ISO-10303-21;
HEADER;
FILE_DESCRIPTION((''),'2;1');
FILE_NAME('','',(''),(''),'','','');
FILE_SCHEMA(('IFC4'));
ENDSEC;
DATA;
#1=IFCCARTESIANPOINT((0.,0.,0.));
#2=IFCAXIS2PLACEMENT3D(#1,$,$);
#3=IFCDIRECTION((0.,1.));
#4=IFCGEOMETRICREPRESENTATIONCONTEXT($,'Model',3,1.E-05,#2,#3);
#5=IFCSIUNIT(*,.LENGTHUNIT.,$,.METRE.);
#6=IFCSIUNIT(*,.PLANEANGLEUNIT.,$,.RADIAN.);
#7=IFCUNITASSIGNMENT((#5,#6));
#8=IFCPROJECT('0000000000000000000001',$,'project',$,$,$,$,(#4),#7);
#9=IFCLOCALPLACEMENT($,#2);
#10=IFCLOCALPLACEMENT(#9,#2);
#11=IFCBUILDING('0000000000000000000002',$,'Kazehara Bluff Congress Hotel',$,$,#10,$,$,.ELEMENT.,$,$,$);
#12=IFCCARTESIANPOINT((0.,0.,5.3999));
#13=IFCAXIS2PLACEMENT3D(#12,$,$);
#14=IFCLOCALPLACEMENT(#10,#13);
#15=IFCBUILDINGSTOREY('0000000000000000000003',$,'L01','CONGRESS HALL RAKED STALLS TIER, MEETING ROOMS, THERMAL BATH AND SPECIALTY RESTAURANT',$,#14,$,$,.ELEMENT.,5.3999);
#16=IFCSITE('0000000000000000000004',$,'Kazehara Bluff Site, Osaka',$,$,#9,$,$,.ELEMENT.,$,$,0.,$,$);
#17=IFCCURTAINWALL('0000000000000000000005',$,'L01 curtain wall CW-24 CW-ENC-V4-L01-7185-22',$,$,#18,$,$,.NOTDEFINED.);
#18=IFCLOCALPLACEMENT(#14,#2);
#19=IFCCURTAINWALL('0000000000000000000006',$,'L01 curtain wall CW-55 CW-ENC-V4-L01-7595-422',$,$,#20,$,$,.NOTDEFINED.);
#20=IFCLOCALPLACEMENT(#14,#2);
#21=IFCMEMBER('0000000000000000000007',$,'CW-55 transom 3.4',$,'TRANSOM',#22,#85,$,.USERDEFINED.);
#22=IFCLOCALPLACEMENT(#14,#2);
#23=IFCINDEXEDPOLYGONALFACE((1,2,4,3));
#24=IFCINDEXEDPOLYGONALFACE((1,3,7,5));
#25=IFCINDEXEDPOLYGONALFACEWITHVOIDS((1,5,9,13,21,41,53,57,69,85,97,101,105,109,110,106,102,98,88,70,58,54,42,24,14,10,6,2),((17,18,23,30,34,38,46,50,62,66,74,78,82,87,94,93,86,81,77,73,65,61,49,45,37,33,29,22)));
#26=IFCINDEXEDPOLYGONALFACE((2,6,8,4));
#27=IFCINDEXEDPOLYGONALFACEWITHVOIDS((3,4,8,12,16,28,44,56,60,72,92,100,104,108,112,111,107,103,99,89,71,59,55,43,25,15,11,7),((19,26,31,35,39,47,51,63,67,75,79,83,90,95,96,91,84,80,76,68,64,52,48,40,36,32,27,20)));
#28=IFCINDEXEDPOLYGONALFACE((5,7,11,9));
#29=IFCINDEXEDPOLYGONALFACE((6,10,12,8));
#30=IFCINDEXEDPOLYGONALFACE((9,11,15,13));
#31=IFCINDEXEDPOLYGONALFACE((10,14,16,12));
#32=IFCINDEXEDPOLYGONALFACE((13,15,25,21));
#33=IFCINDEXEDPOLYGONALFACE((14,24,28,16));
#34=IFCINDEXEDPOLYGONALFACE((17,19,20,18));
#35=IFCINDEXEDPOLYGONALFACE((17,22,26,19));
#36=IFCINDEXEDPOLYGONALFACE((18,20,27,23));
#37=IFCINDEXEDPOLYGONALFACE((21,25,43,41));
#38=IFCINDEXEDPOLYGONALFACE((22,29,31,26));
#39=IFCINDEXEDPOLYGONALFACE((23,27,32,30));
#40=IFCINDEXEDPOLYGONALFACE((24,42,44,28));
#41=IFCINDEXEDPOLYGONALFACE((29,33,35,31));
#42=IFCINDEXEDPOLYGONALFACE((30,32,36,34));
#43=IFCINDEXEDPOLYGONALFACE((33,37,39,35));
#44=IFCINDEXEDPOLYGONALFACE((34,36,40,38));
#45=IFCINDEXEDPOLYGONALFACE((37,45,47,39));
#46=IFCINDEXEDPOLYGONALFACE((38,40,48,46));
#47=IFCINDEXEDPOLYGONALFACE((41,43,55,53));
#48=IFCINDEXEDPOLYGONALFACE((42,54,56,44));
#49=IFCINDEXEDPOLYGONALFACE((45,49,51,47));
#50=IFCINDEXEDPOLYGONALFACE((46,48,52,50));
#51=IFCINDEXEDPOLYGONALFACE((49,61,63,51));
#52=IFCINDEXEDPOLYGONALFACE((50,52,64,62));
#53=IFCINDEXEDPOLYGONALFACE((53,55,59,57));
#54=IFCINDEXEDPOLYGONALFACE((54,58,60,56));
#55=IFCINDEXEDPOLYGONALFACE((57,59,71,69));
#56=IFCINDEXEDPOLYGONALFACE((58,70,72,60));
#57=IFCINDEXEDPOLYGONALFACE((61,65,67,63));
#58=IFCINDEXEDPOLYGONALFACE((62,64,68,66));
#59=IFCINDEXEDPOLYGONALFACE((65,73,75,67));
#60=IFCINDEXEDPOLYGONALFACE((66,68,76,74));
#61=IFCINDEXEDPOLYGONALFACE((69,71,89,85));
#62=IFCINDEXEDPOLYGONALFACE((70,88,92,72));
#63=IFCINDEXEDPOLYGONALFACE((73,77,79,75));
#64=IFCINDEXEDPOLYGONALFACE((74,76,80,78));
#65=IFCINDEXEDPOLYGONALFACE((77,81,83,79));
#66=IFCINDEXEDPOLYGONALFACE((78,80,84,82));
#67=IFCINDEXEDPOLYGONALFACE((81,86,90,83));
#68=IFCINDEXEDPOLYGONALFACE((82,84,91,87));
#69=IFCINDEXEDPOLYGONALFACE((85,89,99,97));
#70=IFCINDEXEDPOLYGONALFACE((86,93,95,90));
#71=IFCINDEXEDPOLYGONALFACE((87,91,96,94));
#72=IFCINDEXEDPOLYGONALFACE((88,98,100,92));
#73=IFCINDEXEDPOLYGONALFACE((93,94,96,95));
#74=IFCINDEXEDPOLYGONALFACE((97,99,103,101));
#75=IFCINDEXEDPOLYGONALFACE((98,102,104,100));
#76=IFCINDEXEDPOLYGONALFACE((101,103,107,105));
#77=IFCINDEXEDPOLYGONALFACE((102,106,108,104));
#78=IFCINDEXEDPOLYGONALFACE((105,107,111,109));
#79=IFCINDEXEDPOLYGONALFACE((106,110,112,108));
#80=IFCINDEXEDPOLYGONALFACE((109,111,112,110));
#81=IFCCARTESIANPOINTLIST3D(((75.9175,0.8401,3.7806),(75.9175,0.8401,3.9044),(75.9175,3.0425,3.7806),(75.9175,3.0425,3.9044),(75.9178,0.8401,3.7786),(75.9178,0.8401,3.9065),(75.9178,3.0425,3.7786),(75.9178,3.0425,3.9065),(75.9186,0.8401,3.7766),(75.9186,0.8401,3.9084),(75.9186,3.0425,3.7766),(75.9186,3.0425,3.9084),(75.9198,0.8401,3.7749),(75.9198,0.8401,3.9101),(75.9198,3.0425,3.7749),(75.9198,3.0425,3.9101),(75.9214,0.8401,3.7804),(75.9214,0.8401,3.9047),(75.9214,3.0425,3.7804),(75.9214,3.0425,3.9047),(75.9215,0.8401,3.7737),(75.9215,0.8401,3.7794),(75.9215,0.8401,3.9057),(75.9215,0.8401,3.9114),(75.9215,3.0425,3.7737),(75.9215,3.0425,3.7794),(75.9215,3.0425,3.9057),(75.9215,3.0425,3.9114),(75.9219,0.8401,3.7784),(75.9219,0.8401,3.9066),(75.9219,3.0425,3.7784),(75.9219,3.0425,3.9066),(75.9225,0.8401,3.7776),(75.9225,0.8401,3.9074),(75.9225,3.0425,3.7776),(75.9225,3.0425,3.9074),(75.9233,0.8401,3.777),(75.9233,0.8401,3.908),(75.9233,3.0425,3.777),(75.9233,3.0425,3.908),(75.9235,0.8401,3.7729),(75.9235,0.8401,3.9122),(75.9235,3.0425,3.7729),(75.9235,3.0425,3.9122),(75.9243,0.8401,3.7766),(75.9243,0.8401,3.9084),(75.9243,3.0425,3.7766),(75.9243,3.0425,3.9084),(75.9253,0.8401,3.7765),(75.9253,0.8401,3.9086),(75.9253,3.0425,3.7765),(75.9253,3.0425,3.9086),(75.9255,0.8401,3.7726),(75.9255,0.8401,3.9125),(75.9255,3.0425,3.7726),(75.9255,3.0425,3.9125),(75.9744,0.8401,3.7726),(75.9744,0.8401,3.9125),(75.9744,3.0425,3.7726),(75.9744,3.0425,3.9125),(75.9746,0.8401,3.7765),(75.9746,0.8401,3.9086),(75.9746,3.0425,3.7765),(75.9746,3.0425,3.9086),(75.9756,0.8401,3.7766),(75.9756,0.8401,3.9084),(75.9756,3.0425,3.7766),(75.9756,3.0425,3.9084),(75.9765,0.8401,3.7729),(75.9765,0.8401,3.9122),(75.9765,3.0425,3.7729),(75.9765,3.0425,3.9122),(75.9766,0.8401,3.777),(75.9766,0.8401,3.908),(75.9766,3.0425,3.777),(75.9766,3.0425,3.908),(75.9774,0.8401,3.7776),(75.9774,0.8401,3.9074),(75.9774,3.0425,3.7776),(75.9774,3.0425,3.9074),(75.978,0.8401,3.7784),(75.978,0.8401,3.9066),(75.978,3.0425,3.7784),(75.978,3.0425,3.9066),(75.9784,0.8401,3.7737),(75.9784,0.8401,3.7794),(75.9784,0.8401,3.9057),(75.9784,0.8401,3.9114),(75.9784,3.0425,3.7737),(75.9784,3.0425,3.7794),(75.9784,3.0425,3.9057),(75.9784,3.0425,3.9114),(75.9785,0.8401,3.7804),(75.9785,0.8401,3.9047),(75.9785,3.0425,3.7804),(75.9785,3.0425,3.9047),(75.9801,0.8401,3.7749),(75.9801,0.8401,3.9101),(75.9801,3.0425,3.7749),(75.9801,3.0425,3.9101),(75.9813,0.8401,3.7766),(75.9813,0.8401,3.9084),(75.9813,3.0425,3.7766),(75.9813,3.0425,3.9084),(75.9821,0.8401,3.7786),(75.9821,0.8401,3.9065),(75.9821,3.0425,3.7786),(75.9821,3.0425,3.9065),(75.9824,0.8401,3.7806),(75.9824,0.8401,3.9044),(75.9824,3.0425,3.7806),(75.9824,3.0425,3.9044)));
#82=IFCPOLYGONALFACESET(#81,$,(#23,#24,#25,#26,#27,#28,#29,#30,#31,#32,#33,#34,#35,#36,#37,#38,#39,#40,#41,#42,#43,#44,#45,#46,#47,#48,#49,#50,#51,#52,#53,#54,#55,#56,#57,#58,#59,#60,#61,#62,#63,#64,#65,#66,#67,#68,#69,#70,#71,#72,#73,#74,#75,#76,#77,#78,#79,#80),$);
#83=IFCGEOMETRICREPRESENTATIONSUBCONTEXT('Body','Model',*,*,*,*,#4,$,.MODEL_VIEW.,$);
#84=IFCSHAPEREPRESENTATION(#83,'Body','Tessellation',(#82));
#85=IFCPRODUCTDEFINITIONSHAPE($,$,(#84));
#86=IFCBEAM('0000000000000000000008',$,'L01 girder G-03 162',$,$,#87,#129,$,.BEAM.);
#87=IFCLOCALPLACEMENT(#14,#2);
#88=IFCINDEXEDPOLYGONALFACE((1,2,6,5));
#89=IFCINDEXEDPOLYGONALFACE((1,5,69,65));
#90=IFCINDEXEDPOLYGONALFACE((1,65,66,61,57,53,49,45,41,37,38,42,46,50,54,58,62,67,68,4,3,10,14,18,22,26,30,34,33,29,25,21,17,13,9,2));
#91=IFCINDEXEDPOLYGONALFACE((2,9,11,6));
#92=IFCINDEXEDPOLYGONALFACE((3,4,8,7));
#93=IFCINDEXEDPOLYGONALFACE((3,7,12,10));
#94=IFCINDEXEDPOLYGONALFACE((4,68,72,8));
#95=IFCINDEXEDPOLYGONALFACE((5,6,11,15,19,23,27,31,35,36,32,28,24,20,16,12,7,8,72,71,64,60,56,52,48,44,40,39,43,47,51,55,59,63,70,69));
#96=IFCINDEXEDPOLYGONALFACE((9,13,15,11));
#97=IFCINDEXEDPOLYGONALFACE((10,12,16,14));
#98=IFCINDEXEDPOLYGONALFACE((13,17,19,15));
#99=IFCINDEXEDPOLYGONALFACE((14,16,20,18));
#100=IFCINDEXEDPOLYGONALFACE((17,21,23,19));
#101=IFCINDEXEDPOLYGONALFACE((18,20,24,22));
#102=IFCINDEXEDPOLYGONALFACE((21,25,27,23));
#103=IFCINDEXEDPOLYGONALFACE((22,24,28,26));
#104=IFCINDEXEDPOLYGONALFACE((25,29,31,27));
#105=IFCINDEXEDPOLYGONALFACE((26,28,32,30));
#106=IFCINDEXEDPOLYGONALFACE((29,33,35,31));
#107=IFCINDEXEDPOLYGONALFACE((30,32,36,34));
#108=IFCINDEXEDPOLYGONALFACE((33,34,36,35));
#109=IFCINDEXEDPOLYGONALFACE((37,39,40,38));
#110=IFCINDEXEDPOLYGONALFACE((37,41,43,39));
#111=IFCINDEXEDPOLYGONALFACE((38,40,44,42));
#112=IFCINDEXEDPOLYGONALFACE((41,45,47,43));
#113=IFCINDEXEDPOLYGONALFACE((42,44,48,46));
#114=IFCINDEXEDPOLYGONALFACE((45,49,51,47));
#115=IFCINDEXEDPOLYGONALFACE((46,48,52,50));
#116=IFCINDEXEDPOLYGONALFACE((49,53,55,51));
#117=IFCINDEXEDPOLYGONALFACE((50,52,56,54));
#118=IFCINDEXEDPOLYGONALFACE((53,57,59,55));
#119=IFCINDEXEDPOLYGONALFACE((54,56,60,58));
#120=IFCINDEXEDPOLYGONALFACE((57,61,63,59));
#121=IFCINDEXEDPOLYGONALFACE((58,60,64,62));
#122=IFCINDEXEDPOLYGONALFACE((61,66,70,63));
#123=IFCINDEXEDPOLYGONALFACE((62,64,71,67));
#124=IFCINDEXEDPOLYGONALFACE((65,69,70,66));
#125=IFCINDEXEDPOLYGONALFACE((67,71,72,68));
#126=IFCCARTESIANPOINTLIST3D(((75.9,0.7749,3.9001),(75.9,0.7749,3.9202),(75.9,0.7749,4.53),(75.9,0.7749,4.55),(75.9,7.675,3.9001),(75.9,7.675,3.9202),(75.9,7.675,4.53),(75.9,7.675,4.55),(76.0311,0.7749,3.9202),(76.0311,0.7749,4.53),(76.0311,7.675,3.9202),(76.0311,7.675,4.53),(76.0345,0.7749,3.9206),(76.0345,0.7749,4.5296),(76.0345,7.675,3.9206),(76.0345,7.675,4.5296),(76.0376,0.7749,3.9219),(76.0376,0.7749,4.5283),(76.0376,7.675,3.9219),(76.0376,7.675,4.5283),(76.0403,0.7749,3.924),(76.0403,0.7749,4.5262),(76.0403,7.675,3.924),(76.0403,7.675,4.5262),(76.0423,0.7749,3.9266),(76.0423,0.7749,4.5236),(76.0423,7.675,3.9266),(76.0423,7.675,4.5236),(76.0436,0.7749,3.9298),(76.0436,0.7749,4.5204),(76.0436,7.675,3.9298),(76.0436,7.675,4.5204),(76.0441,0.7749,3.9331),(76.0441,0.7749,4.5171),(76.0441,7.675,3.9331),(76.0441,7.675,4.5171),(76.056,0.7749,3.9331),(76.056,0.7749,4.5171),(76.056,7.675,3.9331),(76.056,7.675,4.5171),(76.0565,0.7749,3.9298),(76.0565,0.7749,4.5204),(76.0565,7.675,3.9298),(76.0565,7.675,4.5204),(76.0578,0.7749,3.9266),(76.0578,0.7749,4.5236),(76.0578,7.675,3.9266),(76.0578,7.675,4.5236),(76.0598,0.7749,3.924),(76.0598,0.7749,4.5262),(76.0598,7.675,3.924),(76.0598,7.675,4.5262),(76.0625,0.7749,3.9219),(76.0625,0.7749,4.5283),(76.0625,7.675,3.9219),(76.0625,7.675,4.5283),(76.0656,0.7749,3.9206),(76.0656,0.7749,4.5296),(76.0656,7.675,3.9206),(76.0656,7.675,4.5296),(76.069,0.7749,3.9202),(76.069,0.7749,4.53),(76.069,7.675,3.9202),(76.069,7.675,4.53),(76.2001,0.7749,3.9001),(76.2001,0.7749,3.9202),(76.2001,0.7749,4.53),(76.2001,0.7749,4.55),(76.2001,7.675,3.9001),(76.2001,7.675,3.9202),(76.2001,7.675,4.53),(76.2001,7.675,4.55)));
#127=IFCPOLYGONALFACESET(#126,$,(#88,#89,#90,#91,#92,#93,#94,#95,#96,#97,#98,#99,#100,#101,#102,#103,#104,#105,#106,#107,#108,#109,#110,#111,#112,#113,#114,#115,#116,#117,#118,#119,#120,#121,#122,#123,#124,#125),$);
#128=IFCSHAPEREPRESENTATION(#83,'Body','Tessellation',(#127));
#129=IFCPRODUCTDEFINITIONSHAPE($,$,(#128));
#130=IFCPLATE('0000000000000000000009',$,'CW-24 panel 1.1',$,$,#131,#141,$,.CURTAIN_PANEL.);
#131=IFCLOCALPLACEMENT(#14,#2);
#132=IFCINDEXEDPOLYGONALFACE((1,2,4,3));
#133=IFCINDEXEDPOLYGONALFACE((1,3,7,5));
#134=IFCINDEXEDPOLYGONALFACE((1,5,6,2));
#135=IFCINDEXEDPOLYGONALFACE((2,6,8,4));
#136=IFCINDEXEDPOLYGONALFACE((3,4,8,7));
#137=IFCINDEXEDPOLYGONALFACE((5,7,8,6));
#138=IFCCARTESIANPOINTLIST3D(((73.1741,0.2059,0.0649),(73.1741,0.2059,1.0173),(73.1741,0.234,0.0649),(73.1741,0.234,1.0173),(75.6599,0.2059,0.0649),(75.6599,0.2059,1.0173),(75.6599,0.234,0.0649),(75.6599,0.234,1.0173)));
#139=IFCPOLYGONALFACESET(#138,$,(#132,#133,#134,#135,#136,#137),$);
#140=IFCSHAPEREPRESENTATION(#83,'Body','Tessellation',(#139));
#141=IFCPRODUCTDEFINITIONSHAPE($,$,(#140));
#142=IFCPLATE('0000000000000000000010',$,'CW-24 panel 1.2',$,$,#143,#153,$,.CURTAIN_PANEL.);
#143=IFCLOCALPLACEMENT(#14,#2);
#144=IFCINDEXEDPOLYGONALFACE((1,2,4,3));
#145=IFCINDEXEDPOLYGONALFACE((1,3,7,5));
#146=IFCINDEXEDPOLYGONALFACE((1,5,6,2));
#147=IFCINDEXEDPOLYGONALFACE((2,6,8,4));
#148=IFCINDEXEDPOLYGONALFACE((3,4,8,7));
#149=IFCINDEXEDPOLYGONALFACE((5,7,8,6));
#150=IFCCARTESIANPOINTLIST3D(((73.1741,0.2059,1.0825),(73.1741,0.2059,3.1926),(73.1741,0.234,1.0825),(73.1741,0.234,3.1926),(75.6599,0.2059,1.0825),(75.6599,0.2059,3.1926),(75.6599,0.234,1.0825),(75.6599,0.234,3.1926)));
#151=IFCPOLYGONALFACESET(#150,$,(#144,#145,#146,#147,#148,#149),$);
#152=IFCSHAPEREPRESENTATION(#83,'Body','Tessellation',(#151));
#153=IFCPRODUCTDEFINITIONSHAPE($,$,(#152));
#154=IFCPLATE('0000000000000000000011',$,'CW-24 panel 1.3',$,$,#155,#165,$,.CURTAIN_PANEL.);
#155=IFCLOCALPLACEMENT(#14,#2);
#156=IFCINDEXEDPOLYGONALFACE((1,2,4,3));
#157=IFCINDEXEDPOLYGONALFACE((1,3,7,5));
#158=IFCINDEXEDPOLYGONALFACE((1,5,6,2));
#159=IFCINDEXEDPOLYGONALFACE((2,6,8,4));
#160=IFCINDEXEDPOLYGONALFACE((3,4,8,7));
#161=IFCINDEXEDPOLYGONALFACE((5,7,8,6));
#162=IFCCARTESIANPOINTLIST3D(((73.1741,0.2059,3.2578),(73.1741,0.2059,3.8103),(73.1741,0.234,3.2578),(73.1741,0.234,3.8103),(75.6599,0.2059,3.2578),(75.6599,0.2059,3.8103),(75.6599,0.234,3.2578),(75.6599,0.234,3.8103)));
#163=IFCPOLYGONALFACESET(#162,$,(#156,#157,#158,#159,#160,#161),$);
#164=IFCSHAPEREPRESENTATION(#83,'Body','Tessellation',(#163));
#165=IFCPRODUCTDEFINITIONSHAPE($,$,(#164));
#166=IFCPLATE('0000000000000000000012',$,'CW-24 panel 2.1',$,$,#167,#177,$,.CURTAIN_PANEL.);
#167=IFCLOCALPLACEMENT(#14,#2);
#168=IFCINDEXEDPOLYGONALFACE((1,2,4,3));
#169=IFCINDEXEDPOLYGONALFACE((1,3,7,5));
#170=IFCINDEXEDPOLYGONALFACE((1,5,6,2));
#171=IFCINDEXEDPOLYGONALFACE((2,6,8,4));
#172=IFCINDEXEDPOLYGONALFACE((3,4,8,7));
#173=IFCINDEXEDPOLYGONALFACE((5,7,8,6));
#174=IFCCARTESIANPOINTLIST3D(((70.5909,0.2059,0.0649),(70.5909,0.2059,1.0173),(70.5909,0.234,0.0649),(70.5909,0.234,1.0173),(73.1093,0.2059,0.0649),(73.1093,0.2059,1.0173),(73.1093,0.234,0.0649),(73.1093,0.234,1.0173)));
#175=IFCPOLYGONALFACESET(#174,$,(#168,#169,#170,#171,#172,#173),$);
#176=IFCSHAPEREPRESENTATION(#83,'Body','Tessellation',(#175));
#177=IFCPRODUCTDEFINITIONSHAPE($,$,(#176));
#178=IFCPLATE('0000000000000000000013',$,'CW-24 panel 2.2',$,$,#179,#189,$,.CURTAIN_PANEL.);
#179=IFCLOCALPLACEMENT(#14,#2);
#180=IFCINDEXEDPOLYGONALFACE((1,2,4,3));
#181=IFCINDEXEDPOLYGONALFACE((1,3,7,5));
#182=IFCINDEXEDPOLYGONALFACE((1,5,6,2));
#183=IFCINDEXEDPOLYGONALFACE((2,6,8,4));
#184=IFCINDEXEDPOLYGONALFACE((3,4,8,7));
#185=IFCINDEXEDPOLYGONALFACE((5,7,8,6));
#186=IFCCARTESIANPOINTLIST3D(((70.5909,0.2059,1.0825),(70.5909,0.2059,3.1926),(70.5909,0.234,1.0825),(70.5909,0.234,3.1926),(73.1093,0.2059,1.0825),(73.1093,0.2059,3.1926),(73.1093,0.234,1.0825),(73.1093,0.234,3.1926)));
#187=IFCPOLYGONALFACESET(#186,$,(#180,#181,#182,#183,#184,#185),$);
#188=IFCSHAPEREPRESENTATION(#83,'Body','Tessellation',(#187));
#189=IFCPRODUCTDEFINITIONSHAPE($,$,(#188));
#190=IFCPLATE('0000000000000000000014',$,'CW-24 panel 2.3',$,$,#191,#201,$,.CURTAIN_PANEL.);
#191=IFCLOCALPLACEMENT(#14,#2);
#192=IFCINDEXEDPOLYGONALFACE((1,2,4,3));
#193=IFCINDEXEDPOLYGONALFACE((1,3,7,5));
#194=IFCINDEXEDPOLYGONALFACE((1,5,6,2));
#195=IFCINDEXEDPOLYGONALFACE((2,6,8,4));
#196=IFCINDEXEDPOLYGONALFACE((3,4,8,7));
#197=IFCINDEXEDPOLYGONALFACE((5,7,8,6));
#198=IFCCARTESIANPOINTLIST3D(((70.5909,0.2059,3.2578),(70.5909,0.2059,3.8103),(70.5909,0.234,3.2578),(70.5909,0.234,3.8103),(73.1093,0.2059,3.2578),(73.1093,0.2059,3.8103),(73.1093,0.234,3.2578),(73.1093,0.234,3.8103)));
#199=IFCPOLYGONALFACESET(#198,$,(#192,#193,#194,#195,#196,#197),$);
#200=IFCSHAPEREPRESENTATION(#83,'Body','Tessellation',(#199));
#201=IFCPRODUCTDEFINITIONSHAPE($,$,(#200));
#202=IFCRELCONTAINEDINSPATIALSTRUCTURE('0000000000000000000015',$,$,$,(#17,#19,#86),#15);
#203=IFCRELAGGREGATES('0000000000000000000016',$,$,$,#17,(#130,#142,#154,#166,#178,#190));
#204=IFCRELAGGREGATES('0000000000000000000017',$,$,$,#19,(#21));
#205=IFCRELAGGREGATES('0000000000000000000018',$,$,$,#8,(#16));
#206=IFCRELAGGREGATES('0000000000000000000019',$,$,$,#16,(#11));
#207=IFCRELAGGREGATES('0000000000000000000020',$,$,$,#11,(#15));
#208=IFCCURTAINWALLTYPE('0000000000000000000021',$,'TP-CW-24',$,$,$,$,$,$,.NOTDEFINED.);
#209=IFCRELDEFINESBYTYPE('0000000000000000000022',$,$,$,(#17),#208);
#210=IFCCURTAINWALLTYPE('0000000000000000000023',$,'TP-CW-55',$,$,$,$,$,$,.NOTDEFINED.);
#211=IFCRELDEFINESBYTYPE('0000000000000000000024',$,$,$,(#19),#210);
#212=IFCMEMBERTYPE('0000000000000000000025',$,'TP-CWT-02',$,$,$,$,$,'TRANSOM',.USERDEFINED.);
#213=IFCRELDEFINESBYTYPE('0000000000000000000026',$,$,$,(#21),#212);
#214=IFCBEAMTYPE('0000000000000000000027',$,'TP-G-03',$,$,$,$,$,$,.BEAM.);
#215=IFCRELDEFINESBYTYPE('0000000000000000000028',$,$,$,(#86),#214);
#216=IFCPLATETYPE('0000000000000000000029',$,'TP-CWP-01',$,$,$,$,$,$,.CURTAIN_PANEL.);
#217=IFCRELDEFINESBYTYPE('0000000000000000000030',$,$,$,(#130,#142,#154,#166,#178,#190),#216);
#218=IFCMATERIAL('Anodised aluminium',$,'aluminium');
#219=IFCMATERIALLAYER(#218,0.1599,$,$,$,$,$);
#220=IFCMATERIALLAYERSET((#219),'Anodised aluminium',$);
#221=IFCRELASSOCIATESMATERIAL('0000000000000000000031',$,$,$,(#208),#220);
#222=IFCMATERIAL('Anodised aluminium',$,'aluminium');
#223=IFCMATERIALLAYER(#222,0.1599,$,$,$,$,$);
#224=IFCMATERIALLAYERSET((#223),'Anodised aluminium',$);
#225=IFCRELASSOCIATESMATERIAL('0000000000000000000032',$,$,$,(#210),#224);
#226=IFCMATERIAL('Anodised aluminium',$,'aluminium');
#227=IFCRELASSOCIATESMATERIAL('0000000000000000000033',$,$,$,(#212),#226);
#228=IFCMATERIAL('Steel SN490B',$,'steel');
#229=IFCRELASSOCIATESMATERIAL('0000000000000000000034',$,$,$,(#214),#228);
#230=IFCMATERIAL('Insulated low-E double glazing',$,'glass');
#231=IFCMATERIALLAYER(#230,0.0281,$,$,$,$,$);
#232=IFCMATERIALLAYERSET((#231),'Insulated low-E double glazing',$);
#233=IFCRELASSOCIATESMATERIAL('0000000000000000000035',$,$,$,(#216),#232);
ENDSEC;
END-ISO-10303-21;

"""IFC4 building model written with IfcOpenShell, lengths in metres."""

from ifc_helpers import new_model, si_unit, direction, frame, origin, origin_2d, place, context, subcontext, project, spatial, rectangle, hollow_rectangle, i_section, extrude, material, layer, layer_set, material_profile, profile_set, type_object, element, aggregate, save


model = new_model("IFC4")

# Units and contexts
model_context = context("Model", 3, precision=1e-05, world=origin(), true_north=direction((0.0, 1.0)))
body_context = subcontext(model_context, "Body", "Model", "MODEL_VIEW")
ifc_project = project(units=[si_unit("LENGTHUNIT", "METRE"), si_unit("PLANEANGLEUNIT", "RADIAN")], contexts=[model_context])

# Site, building, storey
site_placement = place(None, origin())
site = spatial("IfcSite", under=ifc_project, at=site_placement, Name="Kazehara Bluff Site, Osaka", CompositionType="ELEMENT", RefElevation=0.0)
building_placement = place(site_placement, origin())
building = spatial("IfcBuilding", under=site, at=building_placement, Name="Kazehara Bluff Congress Hotel", CompositionType="ELEMENT")
storey_placement = place(building_placement, frame((0.0, 0.0, 5.3999)))
storey = spatial("IfcBuildingStorey", under=building, at=storey_placement, Name="L01", Description="CONGRESS HALL RAKED STALLS TIER, MEETING ROOMS, THERMAL BATH AND SPECIALTY RESTAURANT", CompositionType="ELEMENT", Elevation=5.3999)

# Curtain walls
ifc_material_1 = material(Name="Anodised aluminium", Category="aluminium")
ifc_layer_1 = layer(ifc_material_1, 0.1599)
ifc_layer_set_1 = layer_set([ifc_layer_1], Name="Anodised aluminium")
curtain_wall_type_1 = type_object("IfcCurtainWallType", Name="TP-CW-24", PredefinedType="NOTDEFINED", material=ifc_layer_set_1)
curtain_wall_1_placement = place(storey_placement, origin())
curtain_wall_1 = element("IfcCurtainWall", 1, at=curtain_wall_1_placement, inside=storey, type_object=curtain_wall_type_1, Name="L01 curtain wall CW-24 CW-ENC-V4-L01-7185-22", PredefinedType="NOTDEFINED")
ifc_material_2 = material(Name="Anodised aluminium", Category="aluminium")
ifc_layer_2 = layer(ifc_material_2, 0.1599)
ifc_layer_set_2 = layer_set([ifc_layer_2], Name="Anodised aluminium")
curtain_wall_type_2 = type_object("IfcCurtainWallType", Name="TP-CW-55", PredefinedType="NOTDEFINED", material=ifc_layer_set_2)
curtain_wall_2_placement = place(storey_placement, origin())
curtain_wall_2 = element("IfcCurtainWall", 2, at=curtain_wall_2_placement, inside=storey, type_object=curtain_wall_type_2, Name="L01 curtain wall CW-55 CW-ENC-V4-L01-7595-422", PredefinedType="NOTDEFINED")

# Member
ifc_material_3 = material(Name="Anodised aluminium", Category="aluminium")
ifc_material_profile_1 = material_profile(ifc_material_3, hollow_rectangle(XDim=0.0649, YDim=0.1399, WallThickness=0.0039, InnerFilletRadius=0.0039, OuterFilletRadius=0.0081, at=origin_2d()))
ifc_profile_set_1 = profile_set([ifc_material_profile_1], Name="Anodised aluminium")
member_type_1 = type_object("IfcMemberType", Name="TP-CWT-02", ElementType="TRANSOM", PredefinedType="USERDEFINED", material=ifc_profile_set_1)
member_1_placement = place(storey_placement, frame((75.95, 3.0425, 3.8425), z_axis=(0.0, -1.0, 0.0), x_axis=(1.0, 0.0, 0.0)))
member_1 = element("IfcMember", 3, at=member_1_placement, type_object=member_type_1, Name="CW-55 transom 3.4", ObjectType="TRANSOM", PredefinedType="USERDEFINED", context=body_context, shape_type="SweptSolid", body=[
    extrude(hollow_rectangle(XDim=0.0649, YDim=0.1399, WallThickness=0.0039, InnerFilletRadius=0.0039, OuterFilletRadius=0.0081, at=origin_2d()), origin(), (0.0, 0.0, 1.0), 2.2024),
])

# Beam
ifc_material_4 = material(Name="Steel SN490B", Category="steel")
ifc_material_profile_2 = material_profile(ifc_material_4, i_section(OverallWidth=0.3, OverallDepth=0.6499, WebThickness=0.012, FlangeThickness=0.02, FilletRadius=0.0129, at=origin_2d()))
ifc_profile_set_2 = profile_set([ifc_material_profile_2], Name="Steel SN490B")
beam_type = type_object("IfcBeamType", Name="TP-G-03", PredefinedType="BEAM", material=ifc_profile_set_2)
beam_placement = place(storey_placement, frame((76.05, 0.7749, 4.2251), z_axis=(0.0, 1.0, 0.0), x_axis=(-1.0, 0.0, 0.0)))
element("IfcBeam", 4, at=beam_placement, inside=storey, type_object=beam_type, Name="L01 girder G-03 162", PredefinedType="BEAM", context=body_context, shape_type="SweptSolid", body=[
    extrude(i_section(OverallWidth=0.3, OverallDepth=0.6499, WebThickness=0.012, FlangeThickness=0.02, FilletRadius=0.0129, at=origin_2d()), origin(), (0.0, 0.0, 1.0), 6.9001),
])

# Plates
ifc_material_5 = material(Name="Insulated low-E double glazing", Category="glass")
ifc_layer_3 = layer(ifc_material_5, 0.0281)
ifc_layer_set_3 = layer_set([ifc_layer_3], Name="Insulated low-E double glazing")
plate_type = type_object("IfcPlateType", Name="TP-CWP-01", PredefinedType="CURTAIN_PANEL", material=ifc_layer_set_3)
plate_1_placement = place(storey_placement, frame((74.417, 0.22, 0.0649), z_axis=(0.0, 0.0, 1.0), x_axis=(-1.0, 0.0, 0.0)))
plate_1 = element("IfcPlate", 5, at=plate_1_placement, type_object=plate_type, Name="CW-24 panel 1.1", PredefinedType="CURTAIN_PANEL", context=body_context, shape_type="SweptSolid", body=[
    extrude(rectangle(XDim=2.4858, YDim=0.0281, at=origin_2d()), origin(), (0.0, 0.0, 1.0), 0.9524),
])
plate_2_placement = place(storey_placement, frame((74.417, 0.22, 1.0825), z_axis=(0.0, 0.0, 1.0), x_axis=(-1.0, 0.0, 0.0)))
plate_2 = element("IfcPlate", 6, at=plate_2_placement, type_object=plate_type, Name="CW-24 panel 1.2", PredefinedType="CURTAIN_PANEL", context=body_context, shape_type="SweptSolid", body=[
    extrude(rectangle(XDim=2.4858, YDim=0.0281, at=origin_2d()), origin(), (0.0, 0.0, 1.0), 2.1101),
])
plate_3_placement = place(storey_placement, frame((74.417, 0.22, 3.2578), z_axis=(0.0, 0.0, 1.0), x_axis=(-1.0, 0.0, 0.0)))
plate_3 = element("IfcPlate", 7, at=plate_3_placement, type_object=plate_type, Name="CW-24 panel 1.3", PredefinedType="CURTAIN_PANEL", context=body_context, shape_type="SweptSolid", body=[
    extrude(rectangle(XDim=2.4858, YDim=0.0281, at=origin_2d()), origin(), (0.0, 0.0, 1.0), 0.5525),
])
plate_4_placement = place(storey_placement, frame((71.8501, 0.22, 0.0649), z_axis=(0.0, 0.0, 1.0), x_axis=(-1.0, 0.0, 0.0)))
plate_4 = element("IfcPlate", 8, at=plate_4_placement, type_object=plate_type, Name="CW-24 panel 2.1", PredefinedType="CURTAIN_PANEL", context=body_context, shape_type="SweptSolid", body=[
    extrude(rectangle(XDim=2.5183, YDim=0.0281, at=origin_2d()), origin(), (0.0, 0.0, 1.0), 0.9524),
])
plate_5_placement = place(storey_placement, frame((71.8501, 0.22, 1.0825), z_axis=(0.0, 0.0, 1.0), x_axis=(-1.0, 0.0, 0.0)))
plate_5 = element("IfcPlate", 9, at=plate_5_placement, type_object=plate_type, Name="CW-24 panel 2.2", PredefinedType="CURTAIN_PANEL", context=body_context, shape_type="SweptSolid", body=[
    extrude(rectangle(XDim=2.5183, YDim=0.0281, at=origin_2d()), origin(), (0.0, 0.0, 1.0), 2.1101),
])
plate_6_placement = place(storey_placement, frame((71.8501, 0.22, 3.2578), z_axis=(0.0, 0.0, 1.0), x_axis=(-1.0, 0.0, 0.0)))
plate_6 = element("IfcPlate", 10, at=plate_6_placement, type_object=plate_type, Name="CW-24 panel 2.3", PredefinedType="CURTAIN_PANEL", context=body_context, shape_type="SweptSolid", body=[
    extrude(rectangle(XDim=2.5183, YDim=0.0281, at=origin_2d()), origin(), (0.0, 0.0, 1.0), 0.5525),
])
aggregate(curtain_wall_1, [plate_1, plate_2, plate_3, plate_4, plate_5, plate_6])
aggregate(curtain_wall_2, [member_1])

save(model, "model.ifc")
